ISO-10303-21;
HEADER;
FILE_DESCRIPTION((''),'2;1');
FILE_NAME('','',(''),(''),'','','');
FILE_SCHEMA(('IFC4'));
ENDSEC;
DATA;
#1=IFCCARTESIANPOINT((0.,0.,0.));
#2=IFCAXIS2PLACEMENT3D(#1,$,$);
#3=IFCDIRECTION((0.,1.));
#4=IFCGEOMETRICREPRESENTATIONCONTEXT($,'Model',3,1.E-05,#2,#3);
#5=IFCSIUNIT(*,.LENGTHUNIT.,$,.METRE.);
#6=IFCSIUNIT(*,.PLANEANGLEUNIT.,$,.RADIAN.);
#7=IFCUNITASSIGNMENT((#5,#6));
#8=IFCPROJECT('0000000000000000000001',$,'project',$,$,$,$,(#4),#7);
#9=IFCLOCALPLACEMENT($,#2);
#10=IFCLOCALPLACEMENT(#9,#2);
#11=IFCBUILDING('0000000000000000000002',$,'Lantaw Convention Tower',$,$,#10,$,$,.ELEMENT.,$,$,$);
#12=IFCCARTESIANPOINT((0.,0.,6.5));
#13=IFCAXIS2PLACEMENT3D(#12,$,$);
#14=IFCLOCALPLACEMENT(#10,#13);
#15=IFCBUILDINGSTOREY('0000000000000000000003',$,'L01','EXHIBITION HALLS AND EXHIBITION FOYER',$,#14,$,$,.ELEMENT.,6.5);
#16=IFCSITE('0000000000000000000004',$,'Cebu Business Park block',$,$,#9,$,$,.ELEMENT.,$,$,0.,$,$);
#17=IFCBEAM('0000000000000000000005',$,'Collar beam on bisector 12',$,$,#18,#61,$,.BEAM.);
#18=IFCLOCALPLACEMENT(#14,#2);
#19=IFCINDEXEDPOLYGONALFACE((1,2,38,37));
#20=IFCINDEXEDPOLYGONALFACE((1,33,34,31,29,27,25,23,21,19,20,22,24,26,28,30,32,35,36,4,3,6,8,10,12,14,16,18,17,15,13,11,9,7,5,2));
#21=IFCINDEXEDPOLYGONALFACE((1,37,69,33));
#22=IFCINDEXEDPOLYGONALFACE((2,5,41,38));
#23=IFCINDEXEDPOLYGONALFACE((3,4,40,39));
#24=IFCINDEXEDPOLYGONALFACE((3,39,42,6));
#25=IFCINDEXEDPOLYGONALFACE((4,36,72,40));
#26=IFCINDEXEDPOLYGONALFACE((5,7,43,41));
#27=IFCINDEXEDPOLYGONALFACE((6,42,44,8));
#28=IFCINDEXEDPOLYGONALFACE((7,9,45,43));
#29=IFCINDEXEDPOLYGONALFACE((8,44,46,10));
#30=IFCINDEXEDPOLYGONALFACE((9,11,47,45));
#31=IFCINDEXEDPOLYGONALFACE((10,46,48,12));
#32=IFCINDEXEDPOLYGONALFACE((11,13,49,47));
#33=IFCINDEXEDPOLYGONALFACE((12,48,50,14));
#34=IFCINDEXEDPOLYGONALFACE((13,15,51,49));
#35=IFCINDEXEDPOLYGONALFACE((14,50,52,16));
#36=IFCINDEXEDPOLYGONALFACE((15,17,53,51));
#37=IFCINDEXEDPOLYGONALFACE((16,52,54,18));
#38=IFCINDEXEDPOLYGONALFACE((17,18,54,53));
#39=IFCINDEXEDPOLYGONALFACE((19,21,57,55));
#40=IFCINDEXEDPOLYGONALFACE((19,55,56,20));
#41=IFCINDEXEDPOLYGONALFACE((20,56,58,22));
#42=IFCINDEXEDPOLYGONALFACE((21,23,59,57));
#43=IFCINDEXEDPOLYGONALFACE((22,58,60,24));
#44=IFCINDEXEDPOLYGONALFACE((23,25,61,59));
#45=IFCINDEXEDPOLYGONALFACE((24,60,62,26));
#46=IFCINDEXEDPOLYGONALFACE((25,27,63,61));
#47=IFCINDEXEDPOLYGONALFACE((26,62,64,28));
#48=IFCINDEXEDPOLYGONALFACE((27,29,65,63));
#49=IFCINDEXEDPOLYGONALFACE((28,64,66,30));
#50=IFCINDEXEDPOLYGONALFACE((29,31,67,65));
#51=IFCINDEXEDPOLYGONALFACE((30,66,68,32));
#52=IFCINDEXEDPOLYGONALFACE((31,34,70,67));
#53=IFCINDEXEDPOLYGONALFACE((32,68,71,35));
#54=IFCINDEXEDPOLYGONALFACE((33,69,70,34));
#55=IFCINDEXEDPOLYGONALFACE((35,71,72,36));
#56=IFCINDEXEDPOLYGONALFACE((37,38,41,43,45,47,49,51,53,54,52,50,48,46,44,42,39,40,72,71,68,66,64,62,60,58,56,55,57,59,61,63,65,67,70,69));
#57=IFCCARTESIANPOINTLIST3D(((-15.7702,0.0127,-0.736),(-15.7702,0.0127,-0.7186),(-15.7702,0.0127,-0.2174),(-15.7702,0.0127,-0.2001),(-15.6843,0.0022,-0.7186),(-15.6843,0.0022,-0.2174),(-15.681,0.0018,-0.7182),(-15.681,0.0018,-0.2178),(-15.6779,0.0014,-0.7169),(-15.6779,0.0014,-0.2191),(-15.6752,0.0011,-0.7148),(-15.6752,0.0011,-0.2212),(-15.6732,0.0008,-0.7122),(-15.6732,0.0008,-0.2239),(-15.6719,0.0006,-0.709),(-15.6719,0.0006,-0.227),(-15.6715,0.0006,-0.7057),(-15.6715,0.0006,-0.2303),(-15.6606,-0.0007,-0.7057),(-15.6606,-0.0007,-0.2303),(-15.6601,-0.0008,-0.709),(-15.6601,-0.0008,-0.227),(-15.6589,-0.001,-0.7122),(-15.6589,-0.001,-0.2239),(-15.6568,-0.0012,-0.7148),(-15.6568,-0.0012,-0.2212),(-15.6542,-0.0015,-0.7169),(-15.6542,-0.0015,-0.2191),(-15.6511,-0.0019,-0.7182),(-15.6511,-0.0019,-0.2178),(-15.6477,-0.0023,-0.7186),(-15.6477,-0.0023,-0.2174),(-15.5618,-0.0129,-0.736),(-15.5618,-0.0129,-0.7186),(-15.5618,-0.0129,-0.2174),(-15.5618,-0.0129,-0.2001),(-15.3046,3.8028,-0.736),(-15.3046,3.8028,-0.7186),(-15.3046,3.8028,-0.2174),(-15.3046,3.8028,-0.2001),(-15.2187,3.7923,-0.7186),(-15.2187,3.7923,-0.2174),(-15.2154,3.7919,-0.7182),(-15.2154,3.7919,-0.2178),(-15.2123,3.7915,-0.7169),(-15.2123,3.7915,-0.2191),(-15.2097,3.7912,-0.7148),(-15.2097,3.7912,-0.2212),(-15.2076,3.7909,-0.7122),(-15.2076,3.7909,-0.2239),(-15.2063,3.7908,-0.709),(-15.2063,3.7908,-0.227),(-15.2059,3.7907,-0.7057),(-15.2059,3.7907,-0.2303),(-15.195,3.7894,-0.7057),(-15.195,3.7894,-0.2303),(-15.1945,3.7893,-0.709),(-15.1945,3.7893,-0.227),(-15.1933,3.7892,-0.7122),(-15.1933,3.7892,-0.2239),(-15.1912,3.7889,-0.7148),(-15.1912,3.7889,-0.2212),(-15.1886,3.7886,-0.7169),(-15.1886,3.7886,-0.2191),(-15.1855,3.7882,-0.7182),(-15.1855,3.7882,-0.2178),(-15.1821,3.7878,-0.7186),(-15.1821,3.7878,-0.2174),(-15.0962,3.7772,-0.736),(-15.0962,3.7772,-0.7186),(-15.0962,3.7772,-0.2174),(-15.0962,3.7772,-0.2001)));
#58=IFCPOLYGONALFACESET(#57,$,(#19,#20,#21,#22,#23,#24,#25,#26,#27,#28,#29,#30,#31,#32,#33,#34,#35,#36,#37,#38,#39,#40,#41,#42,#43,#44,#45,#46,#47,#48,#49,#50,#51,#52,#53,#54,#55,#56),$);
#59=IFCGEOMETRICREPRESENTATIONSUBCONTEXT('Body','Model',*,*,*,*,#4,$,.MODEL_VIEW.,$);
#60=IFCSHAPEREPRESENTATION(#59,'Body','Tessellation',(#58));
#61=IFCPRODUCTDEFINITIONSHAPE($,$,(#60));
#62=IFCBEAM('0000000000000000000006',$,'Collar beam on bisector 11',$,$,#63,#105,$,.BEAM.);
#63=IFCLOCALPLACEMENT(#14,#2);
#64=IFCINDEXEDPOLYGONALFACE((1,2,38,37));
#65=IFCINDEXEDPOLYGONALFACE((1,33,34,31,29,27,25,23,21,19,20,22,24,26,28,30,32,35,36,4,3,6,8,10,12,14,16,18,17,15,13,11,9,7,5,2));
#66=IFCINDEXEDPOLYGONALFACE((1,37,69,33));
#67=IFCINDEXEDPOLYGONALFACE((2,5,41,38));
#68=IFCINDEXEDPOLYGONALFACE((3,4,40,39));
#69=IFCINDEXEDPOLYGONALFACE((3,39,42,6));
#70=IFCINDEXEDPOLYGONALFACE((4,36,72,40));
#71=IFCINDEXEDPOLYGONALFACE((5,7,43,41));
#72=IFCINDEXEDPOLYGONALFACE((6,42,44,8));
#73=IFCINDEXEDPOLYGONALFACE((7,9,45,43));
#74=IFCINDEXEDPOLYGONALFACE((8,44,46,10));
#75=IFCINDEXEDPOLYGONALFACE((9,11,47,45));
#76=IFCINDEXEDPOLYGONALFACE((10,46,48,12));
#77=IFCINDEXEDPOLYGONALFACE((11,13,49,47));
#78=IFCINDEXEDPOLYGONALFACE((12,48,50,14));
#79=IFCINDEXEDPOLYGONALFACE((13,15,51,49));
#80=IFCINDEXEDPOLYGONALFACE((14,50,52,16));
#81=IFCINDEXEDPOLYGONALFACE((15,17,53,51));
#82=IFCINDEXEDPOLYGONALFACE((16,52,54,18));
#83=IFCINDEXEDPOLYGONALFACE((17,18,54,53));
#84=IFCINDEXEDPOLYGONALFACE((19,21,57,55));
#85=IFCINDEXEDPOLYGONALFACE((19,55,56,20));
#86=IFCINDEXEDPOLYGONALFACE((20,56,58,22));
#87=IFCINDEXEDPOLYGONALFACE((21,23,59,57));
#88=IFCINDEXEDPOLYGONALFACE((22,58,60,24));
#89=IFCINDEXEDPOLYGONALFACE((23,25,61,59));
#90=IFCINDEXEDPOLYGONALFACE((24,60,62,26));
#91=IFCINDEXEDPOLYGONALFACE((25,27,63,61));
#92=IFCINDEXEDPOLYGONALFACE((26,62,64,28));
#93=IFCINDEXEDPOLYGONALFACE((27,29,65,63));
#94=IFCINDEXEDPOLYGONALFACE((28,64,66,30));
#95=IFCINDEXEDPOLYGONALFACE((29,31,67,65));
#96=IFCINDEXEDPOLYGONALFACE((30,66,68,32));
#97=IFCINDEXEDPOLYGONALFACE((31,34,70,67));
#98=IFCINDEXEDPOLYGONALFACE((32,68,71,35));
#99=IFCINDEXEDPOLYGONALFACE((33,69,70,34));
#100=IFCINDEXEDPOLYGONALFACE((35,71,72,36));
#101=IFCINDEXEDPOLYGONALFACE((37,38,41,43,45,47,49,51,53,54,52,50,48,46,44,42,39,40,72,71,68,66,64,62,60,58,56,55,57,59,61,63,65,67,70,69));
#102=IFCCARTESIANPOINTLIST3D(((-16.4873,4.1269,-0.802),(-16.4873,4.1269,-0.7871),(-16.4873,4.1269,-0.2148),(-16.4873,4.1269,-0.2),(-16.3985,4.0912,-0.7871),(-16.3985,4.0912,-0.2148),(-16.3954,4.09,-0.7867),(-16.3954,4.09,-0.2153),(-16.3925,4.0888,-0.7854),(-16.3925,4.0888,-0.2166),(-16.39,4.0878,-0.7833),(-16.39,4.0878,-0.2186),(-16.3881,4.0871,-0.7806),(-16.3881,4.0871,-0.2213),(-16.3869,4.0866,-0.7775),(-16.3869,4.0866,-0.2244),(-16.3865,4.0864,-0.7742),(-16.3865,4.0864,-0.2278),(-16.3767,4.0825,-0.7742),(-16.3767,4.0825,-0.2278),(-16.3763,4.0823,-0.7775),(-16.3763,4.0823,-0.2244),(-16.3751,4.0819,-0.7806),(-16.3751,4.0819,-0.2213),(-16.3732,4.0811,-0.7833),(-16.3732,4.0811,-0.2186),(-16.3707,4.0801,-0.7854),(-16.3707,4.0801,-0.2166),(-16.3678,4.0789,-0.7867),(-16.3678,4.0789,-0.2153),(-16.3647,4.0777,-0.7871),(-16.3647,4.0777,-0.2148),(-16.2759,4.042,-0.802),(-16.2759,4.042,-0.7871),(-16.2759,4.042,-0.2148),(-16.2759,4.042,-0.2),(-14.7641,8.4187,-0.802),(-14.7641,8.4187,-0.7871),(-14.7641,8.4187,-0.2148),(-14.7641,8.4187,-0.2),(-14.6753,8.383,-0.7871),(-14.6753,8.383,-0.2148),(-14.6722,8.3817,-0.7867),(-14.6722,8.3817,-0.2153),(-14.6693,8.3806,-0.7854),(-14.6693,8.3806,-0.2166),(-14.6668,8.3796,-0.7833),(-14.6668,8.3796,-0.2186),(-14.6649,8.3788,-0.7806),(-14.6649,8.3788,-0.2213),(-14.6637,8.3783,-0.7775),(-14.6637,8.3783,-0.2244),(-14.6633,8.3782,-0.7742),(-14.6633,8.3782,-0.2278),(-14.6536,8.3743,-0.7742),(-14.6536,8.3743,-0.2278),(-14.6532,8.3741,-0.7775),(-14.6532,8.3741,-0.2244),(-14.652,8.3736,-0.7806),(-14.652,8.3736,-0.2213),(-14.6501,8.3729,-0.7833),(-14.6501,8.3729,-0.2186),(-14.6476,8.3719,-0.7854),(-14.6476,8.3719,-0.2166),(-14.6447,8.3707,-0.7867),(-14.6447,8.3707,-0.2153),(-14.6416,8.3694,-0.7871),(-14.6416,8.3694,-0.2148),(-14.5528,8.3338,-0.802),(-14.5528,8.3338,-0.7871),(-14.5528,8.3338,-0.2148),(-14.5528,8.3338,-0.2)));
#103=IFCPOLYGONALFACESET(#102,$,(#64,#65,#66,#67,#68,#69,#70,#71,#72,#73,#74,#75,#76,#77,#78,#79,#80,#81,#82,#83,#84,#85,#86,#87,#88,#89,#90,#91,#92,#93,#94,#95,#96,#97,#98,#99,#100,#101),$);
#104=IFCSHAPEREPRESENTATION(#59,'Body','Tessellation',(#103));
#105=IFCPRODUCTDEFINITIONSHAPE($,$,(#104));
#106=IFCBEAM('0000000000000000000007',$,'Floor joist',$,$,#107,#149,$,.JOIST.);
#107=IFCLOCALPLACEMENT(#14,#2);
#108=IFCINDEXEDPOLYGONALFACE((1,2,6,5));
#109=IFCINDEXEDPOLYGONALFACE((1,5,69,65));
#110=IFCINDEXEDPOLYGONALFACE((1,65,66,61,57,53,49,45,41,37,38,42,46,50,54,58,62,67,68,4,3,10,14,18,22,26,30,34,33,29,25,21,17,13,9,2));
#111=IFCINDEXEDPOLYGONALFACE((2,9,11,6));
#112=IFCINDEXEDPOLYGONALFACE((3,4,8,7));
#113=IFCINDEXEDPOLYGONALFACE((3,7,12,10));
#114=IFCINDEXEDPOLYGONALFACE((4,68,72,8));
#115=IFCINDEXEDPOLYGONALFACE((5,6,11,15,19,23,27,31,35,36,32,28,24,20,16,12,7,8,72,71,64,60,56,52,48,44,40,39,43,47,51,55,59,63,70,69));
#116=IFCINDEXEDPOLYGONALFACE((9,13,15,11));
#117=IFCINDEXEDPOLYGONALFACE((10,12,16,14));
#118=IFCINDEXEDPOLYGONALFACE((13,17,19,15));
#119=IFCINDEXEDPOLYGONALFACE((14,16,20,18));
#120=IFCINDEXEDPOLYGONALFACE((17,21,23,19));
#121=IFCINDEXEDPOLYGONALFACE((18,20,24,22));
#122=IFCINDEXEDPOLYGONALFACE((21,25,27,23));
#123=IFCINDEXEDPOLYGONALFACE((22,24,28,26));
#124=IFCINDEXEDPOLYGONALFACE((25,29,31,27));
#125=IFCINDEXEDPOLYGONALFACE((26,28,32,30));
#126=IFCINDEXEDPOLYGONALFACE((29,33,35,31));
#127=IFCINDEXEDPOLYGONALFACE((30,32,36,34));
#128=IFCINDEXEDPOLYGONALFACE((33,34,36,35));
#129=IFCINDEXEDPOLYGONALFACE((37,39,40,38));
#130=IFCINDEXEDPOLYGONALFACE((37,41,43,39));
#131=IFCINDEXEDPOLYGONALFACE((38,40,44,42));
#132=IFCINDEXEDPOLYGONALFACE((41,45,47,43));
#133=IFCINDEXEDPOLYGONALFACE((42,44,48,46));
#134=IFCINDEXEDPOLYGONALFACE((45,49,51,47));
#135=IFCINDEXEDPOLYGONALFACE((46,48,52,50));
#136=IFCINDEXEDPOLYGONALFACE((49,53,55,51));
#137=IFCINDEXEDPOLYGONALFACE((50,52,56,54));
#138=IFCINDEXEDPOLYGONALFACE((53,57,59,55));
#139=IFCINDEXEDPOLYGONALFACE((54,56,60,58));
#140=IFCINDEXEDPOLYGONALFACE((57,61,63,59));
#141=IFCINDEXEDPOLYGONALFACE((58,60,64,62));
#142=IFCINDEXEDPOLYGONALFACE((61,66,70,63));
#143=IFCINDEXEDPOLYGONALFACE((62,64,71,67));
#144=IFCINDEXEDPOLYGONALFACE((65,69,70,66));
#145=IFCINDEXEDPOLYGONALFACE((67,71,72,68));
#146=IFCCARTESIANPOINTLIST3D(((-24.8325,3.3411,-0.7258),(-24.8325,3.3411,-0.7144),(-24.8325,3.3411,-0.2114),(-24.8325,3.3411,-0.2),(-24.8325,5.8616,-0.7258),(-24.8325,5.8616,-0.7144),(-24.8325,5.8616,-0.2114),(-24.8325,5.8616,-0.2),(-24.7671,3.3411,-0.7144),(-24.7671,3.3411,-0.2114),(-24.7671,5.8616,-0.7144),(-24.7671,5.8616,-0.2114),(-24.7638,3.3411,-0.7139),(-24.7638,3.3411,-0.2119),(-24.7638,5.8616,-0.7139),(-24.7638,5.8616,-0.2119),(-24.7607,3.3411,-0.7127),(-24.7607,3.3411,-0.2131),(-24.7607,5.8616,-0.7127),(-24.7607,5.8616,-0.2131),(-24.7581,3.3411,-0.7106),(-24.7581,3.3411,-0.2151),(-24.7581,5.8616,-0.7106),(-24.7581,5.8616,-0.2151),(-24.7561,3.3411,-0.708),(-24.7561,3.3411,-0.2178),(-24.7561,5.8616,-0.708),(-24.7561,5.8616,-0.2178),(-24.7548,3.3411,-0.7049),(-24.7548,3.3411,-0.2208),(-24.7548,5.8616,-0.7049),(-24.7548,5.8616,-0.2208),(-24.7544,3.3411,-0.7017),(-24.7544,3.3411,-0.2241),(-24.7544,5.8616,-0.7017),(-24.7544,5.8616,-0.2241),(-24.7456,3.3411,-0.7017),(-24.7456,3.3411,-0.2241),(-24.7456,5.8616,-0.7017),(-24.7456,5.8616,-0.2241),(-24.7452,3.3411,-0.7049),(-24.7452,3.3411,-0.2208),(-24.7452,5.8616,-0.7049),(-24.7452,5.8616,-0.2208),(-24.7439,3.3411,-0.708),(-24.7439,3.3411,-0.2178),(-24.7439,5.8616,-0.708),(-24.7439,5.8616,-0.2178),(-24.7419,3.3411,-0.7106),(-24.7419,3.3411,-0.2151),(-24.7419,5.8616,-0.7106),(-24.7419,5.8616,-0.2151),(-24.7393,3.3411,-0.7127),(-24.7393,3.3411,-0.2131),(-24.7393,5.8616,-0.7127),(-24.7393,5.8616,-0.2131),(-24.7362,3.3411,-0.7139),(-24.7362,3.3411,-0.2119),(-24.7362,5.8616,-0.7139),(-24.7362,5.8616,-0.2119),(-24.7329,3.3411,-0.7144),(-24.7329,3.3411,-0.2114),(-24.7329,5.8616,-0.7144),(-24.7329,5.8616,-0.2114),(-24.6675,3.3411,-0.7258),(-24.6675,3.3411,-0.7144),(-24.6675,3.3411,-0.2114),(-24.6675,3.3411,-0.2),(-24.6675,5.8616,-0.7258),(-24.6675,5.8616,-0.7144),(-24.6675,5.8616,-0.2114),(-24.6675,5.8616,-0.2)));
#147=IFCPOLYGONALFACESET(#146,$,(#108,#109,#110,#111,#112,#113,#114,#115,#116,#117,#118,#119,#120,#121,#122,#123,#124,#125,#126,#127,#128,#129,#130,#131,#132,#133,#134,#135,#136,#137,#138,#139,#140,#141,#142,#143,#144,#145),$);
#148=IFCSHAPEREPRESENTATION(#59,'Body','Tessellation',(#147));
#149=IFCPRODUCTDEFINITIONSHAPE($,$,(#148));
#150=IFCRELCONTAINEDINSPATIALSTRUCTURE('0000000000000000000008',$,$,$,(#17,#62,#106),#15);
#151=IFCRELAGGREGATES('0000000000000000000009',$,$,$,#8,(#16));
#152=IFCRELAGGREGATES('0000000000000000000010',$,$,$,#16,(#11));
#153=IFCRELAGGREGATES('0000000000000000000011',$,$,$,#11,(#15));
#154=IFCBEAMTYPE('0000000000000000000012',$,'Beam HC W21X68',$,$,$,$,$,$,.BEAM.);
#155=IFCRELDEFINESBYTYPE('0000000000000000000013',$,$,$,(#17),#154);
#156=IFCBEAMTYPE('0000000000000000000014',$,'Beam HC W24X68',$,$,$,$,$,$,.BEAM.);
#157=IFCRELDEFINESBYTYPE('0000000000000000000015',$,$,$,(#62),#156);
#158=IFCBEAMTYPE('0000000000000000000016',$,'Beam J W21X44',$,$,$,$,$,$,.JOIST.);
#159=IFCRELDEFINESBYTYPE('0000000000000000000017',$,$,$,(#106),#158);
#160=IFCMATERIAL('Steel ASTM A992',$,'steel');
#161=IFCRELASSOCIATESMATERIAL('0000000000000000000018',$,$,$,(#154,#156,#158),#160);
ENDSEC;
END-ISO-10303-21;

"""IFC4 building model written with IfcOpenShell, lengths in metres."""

from ifc_helpers import new_model, si_unit, direction, frame, origin, origin_2d, place, context, subcontext, project, spatial, i_section, extrude, material, material_profile, profile_set, type_object, element, save


model = new_model("IFC4")

# Units and contexts
model_context = context("Model", 3, precision=1e-05, world=origin(), true_north=direction((0.0, 1.0)))
body_context = subcontext(model_context, "Body", "Model", "MODEL_VIEW")
ifc_project = project(units=[si_unit("LENGTHUNIT", "METRE"), si_unit("PLANEANGLEUNIT", "RADIAN")], contexts=[model_context])

# Site, building, storey
site_placement = place(None, origin())
site = spatial("IfcSite", under=ifc_project, at=site_placement, Name="Cebu Business Park block", CompositionType="ELEMENT", RefElevation=0.0)
building_placement = place(site_placement, origin())
building = spatial("IfcBuilding", under=site, at=building_placement, Name="Lantaw Convention Tower", CompositionType="ELEMENT")
storey_placement = place(building_placement, frame((0.0, 0.0, 6.5)))
storey = spatial("IfcBuildingStorey", under=building, at=storey_placement, Name="L01", Description="EXHIBITION HALLS AND EXHIBITION FOYER", CompositionType="ELEMENT", Elevation=6.5)

# Beams
ifc_material_1 = material(Name="Steel ASTM A992", Category="steel")
ifc_material_profile_1 = material_profile(ifc_material_1, i_section(OverallWidth=0.21, OverallDepth=0.5359, WebThickness=0.011, FlangeThickness=0.0173, FilletRadius=0.0129, at=origin_2d()), Name="W21X68")
ifc_profile_set_1 = profile_set([ifc_material_profile_1], Name="Steel ASTM A992")
beam_type_1 = type_object("IfcBeamType", Name="Beam HC W21X68", PredefinedType="BEAM", material=ifc_profile_set_1)
beam_1_placement = place(storey_placement, frame((-15.2004, 3.79, -0.468), z_axis=(-0.121926, -0.992539, 0.0), x_axis=(0.992539, -0.121926, 0.0)))
element("IfcBeam", 1, at=beam_1_placement, inside=storey, type_object=beam_type_1, Name="Collar beam on bisector 12", PredefinedType="BEAM", context=body_context, shape_type="SweptSolid", body=[
    extrude(i_section(OverallWidth=0.21, OverallDepth=0.5359, WebThickness=0.011, FlangeThickness=0.0173, FilletRadius=0.0129, at=origin_2d()), origin(), (0.0, 0.0, 1.0), 3.8186),
])
ifc_material_profile_2 = material_profile(ifc_material_1, i_section(OverallWidth=0.2278, OverallDepth=0.6021, WebThickness=0.0105, FlangeThickness=0.0149, FilletRadius=0.0129, at=origin_2d()), Name="W24X68")
ifc_profile_set_2 = profile_set([ifc_material_profile_2], Name="Steel ASTM A992")
beam_type_2 = type_object("IfcBeamType", Name="Beam HC W24X68", PredefinedType="BEAM", material=ifc_profile_set_2)
beam_2_placement = place(storey_placement, frame((-14.6584, 8.3762, -0.501), z_axis=(-0.372592, -0.927995, 0.0), x_axis=(0.927995, -0.372592, 0.0)))
element("IfcBeam", 2, at=beam_2_placement, inside=storey, type_object=beam_type_2, Name="Collar beam on bisector 11", PredefinedType="BEAM", context=body_context, shape_type="SweptSolid", body=[
    extrude(i_section(OverallWidth=0.2278, OverallDepth=0.6021, WebThickness=0.0105, FlangeThickness=0.0149, FilletRadius=0.0129, at=origin_2d()), origin(), (0.0, 0.0, 1.0), 4.6248),
])
ifc_material_profile_3 = material_profile(ifc_material_1, i_section(OverallWidth=0.165, OverallDepth=0.5259, WebThickness=0.0088, FlangeThickness=0.0115, FilletRadius=0.0127, at=origin_2d()), Name="W21X44")
ifc_profile_set_3 = profile_set([ifc_material_profile_3], Name="Steel ASTM A992")
beam_type_3 = type_object("IfcBeamType", Name="Beam J W21X44", PredefinedType="JOIST", material=ifc_profile_set_3)
beam_3_placement = place(storey_placement, frame((-24.75, 3.3411, -0.4629), z_axis=(0.0, 1.0, 0.0), x_axis=(-1.0, 0.0, 0.0)))
element("IfcBeam", 3, at=beam_3_placement, inside=storey, type_object=beam_type_3, Name="Floor joist", PredefinedType="JOIST", context=body_context, shape_type="SweptSolid", body=[
    extrude(i_section(OverallWidth=0.165, OverallDepth=0.5259, WebThickness=0.0088, FlangeThickness=0.0115, FilletRadius=0.0127, at=origin_2d()), origin(), (0.0, 0.0, 1.0), 2.5205),
])

save(model, "model.ifc")
